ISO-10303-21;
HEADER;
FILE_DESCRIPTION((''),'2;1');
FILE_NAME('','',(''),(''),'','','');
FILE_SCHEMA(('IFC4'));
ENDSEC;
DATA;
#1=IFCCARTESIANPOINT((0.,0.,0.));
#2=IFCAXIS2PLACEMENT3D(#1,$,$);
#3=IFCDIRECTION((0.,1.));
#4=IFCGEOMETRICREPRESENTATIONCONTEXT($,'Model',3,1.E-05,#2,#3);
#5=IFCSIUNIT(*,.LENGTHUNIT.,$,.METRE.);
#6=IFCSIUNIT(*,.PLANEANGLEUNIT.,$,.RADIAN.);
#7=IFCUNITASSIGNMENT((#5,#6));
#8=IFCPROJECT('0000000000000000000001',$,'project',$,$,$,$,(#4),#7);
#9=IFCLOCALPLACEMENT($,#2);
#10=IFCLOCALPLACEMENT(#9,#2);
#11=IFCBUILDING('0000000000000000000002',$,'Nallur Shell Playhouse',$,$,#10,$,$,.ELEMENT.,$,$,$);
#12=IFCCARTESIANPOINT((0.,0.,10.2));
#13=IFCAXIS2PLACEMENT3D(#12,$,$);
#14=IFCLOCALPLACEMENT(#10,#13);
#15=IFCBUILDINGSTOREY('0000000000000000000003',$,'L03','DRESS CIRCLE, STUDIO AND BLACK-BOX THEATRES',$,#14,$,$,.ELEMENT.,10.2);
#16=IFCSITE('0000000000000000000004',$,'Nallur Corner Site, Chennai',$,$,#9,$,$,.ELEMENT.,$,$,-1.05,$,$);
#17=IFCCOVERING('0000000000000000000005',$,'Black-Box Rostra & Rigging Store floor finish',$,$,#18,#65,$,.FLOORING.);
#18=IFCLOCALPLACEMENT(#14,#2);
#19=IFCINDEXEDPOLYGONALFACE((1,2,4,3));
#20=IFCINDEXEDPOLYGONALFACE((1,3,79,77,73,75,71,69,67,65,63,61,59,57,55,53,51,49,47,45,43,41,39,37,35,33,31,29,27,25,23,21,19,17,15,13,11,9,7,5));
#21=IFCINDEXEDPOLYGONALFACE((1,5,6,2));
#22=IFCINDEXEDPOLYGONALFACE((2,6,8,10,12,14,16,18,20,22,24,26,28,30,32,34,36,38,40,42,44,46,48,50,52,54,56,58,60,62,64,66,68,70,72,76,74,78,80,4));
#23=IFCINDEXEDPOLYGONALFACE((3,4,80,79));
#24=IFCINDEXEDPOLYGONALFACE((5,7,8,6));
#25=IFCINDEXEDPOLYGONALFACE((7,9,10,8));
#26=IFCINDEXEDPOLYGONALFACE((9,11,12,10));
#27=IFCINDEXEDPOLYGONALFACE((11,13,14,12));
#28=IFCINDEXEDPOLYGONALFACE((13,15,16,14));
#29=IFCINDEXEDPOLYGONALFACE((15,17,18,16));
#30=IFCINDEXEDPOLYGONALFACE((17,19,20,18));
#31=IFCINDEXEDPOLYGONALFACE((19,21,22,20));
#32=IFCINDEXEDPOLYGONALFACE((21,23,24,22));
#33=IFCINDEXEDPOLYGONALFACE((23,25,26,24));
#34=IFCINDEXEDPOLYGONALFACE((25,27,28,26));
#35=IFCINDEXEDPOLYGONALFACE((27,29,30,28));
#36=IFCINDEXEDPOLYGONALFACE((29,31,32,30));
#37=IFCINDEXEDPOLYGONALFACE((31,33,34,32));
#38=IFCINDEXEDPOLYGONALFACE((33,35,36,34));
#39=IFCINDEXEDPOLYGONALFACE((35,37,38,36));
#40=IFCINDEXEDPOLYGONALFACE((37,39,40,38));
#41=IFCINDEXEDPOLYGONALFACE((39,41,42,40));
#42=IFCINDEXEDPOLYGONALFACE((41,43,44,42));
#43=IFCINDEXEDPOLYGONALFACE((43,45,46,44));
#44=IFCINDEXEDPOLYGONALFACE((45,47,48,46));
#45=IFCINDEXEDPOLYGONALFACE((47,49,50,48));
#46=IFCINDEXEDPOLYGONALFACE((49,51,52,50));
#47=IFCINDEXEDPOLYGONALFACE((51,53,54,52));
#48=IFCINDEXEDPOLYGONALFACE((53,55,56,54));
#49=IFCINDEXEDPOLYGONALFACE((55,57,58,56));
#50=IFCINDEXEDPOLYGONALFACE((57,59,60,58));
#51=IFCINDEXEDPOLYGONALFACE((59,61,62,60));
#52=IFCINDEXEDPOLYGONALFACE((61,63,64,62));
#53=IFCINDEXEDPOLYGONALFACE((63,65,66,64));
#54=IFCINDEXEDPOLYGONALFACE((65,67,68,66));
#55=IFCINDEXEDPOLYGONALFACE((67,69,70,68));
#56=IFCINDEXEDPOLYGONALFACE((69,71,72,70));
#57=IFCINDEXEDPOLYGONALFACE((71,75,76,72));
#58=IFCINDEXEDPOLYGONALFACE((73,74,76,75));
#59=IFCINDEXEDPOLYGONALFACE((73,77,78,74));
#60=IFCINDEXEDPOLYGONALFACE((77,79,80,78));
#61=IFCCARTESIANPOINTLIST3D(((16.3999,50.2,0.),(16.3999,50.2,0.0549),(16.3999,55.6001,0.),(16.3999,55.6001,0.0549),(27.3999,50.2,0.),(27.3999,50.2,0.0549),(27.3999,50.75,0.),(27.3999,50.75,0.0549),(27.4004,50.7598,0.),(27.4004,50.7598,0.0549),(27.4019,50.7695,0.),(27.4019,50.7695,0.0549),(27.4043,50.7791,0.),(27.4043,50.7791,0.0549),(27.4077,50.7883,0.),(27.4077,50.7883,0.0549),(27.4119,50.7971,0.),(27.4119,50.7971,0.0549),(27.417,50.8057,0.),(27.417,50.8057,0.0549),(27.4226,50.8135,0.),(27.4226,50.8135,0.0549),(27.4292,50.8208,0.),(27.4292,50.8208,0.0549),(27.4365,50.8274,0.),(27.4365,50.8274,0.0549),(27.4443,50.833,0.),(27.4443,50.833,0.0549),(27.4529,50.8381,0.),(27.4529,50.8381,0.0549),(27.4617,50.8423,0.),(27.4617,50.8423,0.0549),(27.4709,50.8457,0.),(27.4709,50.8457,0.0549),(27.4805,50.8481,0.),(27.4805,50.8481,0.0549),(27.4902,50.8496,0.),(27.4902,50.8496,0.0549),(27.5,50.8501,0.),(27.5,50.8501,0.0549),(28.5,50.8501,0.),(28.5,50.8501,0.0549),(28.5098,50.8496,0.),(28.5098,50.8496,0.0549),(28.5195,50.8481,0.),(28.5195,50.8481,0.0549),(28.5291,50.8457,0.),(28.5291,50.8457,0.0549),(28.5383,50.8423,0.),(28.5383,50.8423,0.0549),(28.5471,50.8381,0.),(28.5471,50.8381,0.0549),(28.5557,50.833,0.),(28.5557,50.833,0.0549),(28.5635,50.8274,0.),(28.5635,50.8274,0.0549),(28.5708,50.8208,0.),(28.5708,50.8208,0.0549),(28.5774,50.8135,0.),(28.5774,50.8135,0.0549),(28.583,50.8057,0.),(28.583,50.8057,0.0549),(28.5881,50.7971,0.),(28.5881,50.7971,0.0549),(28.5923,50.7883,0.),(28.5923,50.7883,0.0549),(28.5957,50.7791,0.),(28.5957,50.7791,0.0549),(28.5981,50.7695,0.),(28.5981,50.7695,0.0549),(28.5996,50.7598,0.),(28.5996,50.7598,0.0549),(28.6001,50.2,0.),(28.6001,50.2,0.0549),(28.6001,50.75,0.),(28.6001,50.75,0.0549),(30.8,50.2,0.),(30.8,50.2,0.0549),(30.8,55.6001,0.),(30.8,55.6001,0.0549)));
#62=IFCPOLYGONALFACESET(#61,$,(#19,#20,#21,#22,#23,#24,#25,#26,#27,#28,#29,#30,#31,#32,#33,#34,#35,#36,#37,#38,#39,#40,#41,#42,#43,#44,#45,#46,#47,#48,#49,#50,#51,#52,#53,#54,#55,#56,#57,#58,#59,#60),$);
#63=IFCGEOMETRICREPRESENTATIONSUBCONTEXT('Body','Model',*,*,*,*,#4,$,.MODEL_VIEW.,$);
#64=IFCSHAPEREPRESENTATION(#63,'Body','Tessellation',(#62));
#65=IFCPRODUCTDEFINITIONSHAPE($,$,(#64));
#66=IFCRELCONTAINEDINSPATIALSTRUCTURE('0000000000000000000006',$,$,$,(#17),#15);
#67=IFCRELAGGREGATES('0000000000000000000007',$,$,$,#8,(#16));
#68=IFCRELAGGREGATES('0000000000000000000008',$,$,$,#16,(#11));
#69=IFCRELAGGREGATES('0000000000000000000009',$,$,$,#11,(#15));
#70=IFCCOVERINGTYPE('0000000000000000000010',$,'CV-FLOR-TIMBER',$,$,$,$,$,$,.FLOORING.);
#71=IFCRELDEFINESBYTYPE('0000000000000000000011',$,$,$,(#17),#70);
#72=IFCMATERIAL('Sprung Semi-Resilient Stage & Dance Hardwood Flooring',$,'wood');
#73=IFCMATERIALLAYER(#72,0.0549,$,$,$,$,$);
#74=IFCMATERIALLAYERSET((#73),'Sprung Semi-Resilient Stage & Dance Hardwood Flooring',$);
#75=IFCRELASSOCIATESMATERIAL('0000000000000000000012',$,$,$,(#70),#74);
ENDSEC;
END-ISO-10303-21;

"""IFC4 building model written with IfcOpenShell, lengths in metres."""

from ifc_helpers import new_model, si_unit, direction, frame, origin, place, context, subcontext, project, spatial, polyline, outline, extrude, material, layer, layer_set, type_object, element, save


model = new_model("IFC4")

# Units and contexts
model_context = context("Model", 3, precision=1e-05, world=origin(), true_north=direction((0.0, 1.0)))
body_context = subcontext(model_context, "Body", "Model", "MODEL_VIEW")
ifc_project = project(units=[si_unit("LENGTHUNIT", "METRE"), si_unit("PLANEANGLEUNIT", "RADIAN")], contexts=[model_context])

# Site, building, storey
site_placement = place(None, origin())
site = spatial("IfcSite", under=ifc_project, at=site_placement, Name="Nallur Corner Site, Chennai", CompositionType="ELEMENT", RefElevation=-1.05)
building_placement = place(site_placement, origin())
building = spatial("IfcBuilding", under=site, at=building_placement, Name="Nallur Shell Playhouse", CompositionType="ELEMENT")
storey_placement = place(building_placement, frame((0.0, 0.0, 10.2)))
storey = spatial("IfcBuildingStorey", under=building, at=storey_placement, Name="L03", Description="DRESS CIRCLE, STUDIO AND BLACK-BOX THEATRES", CompositionType="ELEMENT", Elevation=10.2)

# Covering
ifc_material_1 = material(Name="Sprung Semi-Resilient Stage & Dance Hardwood Flooring", Category="wood")
ifc_layer_1 = layer(ifc_material_1, 0.0549)
ifc_layer_set_1 = layer_set([ifc_layer_1], Name="Sprung Semi-Resilient Stage & Dance Hardwood Flooring")
covering_type_1 = type_object("IfcCoveringType", Name="CV-FLOR-TIMBER", PredefinedType="FLOORING", material=ifc_layer_set_1)
covering_1_placement = place(storey_placement, origin())
element("IfcCovering", 1, at=covering_1_placement, inside=storey, type_object=covering_type_1, Name="Black-Box Rostra & Rigging Store floor finish", PredefinedType="FLOORING", context=body_context, shape_type="SweptSolid", body=[
    extrude(outline(polyline([(28.5881, 50.7971), (28.583, 50.8057), (28.5774, 50.8135), (28.5708, 50.8208), (28.5635, 50.8274), (28.5557, 50.833), (28.5471, 50.8381), (28.5383, 50.8423), (28.5291, 50.8457), (28.5195, 50.8481), (28.5098, 50.8496), (28.5, 50.8501), (27.5, 50.8501), (27.4902, 50.8496), (27.4805, 50.8481), (27.4709, 50.8457), (27.4617, 50.8423), (27.4529, 50.8381), (27.4443, 50.833), (27.4365, 50.8274), (27.4292, 50.8208), (27.4226, 50.8135), (27.417, 50.8057), (27.4119, 50.7971), (27.4077, 50.7883), (27.4043, 50.7791), (27.4019, 50.7695), (27.4004, 50.7598), (27.3999, 50.75), (27.3999, 50.2), (16.3999, 50.2), (16.3999, 55.6001), (30.8, 55.6001), (30.8, 50.2), (28.6001, 50.2), (28.6001, 50.75), (28.5996, 50.7598), (28.5981, 50.7695), (28.5957, 50.7791), (28.5923, 50.7883), (28.5881, 50.7971)])), origin(), (0.0, 0.0, 1.0), 0.0549),
])

save(model, "model.ifc")
